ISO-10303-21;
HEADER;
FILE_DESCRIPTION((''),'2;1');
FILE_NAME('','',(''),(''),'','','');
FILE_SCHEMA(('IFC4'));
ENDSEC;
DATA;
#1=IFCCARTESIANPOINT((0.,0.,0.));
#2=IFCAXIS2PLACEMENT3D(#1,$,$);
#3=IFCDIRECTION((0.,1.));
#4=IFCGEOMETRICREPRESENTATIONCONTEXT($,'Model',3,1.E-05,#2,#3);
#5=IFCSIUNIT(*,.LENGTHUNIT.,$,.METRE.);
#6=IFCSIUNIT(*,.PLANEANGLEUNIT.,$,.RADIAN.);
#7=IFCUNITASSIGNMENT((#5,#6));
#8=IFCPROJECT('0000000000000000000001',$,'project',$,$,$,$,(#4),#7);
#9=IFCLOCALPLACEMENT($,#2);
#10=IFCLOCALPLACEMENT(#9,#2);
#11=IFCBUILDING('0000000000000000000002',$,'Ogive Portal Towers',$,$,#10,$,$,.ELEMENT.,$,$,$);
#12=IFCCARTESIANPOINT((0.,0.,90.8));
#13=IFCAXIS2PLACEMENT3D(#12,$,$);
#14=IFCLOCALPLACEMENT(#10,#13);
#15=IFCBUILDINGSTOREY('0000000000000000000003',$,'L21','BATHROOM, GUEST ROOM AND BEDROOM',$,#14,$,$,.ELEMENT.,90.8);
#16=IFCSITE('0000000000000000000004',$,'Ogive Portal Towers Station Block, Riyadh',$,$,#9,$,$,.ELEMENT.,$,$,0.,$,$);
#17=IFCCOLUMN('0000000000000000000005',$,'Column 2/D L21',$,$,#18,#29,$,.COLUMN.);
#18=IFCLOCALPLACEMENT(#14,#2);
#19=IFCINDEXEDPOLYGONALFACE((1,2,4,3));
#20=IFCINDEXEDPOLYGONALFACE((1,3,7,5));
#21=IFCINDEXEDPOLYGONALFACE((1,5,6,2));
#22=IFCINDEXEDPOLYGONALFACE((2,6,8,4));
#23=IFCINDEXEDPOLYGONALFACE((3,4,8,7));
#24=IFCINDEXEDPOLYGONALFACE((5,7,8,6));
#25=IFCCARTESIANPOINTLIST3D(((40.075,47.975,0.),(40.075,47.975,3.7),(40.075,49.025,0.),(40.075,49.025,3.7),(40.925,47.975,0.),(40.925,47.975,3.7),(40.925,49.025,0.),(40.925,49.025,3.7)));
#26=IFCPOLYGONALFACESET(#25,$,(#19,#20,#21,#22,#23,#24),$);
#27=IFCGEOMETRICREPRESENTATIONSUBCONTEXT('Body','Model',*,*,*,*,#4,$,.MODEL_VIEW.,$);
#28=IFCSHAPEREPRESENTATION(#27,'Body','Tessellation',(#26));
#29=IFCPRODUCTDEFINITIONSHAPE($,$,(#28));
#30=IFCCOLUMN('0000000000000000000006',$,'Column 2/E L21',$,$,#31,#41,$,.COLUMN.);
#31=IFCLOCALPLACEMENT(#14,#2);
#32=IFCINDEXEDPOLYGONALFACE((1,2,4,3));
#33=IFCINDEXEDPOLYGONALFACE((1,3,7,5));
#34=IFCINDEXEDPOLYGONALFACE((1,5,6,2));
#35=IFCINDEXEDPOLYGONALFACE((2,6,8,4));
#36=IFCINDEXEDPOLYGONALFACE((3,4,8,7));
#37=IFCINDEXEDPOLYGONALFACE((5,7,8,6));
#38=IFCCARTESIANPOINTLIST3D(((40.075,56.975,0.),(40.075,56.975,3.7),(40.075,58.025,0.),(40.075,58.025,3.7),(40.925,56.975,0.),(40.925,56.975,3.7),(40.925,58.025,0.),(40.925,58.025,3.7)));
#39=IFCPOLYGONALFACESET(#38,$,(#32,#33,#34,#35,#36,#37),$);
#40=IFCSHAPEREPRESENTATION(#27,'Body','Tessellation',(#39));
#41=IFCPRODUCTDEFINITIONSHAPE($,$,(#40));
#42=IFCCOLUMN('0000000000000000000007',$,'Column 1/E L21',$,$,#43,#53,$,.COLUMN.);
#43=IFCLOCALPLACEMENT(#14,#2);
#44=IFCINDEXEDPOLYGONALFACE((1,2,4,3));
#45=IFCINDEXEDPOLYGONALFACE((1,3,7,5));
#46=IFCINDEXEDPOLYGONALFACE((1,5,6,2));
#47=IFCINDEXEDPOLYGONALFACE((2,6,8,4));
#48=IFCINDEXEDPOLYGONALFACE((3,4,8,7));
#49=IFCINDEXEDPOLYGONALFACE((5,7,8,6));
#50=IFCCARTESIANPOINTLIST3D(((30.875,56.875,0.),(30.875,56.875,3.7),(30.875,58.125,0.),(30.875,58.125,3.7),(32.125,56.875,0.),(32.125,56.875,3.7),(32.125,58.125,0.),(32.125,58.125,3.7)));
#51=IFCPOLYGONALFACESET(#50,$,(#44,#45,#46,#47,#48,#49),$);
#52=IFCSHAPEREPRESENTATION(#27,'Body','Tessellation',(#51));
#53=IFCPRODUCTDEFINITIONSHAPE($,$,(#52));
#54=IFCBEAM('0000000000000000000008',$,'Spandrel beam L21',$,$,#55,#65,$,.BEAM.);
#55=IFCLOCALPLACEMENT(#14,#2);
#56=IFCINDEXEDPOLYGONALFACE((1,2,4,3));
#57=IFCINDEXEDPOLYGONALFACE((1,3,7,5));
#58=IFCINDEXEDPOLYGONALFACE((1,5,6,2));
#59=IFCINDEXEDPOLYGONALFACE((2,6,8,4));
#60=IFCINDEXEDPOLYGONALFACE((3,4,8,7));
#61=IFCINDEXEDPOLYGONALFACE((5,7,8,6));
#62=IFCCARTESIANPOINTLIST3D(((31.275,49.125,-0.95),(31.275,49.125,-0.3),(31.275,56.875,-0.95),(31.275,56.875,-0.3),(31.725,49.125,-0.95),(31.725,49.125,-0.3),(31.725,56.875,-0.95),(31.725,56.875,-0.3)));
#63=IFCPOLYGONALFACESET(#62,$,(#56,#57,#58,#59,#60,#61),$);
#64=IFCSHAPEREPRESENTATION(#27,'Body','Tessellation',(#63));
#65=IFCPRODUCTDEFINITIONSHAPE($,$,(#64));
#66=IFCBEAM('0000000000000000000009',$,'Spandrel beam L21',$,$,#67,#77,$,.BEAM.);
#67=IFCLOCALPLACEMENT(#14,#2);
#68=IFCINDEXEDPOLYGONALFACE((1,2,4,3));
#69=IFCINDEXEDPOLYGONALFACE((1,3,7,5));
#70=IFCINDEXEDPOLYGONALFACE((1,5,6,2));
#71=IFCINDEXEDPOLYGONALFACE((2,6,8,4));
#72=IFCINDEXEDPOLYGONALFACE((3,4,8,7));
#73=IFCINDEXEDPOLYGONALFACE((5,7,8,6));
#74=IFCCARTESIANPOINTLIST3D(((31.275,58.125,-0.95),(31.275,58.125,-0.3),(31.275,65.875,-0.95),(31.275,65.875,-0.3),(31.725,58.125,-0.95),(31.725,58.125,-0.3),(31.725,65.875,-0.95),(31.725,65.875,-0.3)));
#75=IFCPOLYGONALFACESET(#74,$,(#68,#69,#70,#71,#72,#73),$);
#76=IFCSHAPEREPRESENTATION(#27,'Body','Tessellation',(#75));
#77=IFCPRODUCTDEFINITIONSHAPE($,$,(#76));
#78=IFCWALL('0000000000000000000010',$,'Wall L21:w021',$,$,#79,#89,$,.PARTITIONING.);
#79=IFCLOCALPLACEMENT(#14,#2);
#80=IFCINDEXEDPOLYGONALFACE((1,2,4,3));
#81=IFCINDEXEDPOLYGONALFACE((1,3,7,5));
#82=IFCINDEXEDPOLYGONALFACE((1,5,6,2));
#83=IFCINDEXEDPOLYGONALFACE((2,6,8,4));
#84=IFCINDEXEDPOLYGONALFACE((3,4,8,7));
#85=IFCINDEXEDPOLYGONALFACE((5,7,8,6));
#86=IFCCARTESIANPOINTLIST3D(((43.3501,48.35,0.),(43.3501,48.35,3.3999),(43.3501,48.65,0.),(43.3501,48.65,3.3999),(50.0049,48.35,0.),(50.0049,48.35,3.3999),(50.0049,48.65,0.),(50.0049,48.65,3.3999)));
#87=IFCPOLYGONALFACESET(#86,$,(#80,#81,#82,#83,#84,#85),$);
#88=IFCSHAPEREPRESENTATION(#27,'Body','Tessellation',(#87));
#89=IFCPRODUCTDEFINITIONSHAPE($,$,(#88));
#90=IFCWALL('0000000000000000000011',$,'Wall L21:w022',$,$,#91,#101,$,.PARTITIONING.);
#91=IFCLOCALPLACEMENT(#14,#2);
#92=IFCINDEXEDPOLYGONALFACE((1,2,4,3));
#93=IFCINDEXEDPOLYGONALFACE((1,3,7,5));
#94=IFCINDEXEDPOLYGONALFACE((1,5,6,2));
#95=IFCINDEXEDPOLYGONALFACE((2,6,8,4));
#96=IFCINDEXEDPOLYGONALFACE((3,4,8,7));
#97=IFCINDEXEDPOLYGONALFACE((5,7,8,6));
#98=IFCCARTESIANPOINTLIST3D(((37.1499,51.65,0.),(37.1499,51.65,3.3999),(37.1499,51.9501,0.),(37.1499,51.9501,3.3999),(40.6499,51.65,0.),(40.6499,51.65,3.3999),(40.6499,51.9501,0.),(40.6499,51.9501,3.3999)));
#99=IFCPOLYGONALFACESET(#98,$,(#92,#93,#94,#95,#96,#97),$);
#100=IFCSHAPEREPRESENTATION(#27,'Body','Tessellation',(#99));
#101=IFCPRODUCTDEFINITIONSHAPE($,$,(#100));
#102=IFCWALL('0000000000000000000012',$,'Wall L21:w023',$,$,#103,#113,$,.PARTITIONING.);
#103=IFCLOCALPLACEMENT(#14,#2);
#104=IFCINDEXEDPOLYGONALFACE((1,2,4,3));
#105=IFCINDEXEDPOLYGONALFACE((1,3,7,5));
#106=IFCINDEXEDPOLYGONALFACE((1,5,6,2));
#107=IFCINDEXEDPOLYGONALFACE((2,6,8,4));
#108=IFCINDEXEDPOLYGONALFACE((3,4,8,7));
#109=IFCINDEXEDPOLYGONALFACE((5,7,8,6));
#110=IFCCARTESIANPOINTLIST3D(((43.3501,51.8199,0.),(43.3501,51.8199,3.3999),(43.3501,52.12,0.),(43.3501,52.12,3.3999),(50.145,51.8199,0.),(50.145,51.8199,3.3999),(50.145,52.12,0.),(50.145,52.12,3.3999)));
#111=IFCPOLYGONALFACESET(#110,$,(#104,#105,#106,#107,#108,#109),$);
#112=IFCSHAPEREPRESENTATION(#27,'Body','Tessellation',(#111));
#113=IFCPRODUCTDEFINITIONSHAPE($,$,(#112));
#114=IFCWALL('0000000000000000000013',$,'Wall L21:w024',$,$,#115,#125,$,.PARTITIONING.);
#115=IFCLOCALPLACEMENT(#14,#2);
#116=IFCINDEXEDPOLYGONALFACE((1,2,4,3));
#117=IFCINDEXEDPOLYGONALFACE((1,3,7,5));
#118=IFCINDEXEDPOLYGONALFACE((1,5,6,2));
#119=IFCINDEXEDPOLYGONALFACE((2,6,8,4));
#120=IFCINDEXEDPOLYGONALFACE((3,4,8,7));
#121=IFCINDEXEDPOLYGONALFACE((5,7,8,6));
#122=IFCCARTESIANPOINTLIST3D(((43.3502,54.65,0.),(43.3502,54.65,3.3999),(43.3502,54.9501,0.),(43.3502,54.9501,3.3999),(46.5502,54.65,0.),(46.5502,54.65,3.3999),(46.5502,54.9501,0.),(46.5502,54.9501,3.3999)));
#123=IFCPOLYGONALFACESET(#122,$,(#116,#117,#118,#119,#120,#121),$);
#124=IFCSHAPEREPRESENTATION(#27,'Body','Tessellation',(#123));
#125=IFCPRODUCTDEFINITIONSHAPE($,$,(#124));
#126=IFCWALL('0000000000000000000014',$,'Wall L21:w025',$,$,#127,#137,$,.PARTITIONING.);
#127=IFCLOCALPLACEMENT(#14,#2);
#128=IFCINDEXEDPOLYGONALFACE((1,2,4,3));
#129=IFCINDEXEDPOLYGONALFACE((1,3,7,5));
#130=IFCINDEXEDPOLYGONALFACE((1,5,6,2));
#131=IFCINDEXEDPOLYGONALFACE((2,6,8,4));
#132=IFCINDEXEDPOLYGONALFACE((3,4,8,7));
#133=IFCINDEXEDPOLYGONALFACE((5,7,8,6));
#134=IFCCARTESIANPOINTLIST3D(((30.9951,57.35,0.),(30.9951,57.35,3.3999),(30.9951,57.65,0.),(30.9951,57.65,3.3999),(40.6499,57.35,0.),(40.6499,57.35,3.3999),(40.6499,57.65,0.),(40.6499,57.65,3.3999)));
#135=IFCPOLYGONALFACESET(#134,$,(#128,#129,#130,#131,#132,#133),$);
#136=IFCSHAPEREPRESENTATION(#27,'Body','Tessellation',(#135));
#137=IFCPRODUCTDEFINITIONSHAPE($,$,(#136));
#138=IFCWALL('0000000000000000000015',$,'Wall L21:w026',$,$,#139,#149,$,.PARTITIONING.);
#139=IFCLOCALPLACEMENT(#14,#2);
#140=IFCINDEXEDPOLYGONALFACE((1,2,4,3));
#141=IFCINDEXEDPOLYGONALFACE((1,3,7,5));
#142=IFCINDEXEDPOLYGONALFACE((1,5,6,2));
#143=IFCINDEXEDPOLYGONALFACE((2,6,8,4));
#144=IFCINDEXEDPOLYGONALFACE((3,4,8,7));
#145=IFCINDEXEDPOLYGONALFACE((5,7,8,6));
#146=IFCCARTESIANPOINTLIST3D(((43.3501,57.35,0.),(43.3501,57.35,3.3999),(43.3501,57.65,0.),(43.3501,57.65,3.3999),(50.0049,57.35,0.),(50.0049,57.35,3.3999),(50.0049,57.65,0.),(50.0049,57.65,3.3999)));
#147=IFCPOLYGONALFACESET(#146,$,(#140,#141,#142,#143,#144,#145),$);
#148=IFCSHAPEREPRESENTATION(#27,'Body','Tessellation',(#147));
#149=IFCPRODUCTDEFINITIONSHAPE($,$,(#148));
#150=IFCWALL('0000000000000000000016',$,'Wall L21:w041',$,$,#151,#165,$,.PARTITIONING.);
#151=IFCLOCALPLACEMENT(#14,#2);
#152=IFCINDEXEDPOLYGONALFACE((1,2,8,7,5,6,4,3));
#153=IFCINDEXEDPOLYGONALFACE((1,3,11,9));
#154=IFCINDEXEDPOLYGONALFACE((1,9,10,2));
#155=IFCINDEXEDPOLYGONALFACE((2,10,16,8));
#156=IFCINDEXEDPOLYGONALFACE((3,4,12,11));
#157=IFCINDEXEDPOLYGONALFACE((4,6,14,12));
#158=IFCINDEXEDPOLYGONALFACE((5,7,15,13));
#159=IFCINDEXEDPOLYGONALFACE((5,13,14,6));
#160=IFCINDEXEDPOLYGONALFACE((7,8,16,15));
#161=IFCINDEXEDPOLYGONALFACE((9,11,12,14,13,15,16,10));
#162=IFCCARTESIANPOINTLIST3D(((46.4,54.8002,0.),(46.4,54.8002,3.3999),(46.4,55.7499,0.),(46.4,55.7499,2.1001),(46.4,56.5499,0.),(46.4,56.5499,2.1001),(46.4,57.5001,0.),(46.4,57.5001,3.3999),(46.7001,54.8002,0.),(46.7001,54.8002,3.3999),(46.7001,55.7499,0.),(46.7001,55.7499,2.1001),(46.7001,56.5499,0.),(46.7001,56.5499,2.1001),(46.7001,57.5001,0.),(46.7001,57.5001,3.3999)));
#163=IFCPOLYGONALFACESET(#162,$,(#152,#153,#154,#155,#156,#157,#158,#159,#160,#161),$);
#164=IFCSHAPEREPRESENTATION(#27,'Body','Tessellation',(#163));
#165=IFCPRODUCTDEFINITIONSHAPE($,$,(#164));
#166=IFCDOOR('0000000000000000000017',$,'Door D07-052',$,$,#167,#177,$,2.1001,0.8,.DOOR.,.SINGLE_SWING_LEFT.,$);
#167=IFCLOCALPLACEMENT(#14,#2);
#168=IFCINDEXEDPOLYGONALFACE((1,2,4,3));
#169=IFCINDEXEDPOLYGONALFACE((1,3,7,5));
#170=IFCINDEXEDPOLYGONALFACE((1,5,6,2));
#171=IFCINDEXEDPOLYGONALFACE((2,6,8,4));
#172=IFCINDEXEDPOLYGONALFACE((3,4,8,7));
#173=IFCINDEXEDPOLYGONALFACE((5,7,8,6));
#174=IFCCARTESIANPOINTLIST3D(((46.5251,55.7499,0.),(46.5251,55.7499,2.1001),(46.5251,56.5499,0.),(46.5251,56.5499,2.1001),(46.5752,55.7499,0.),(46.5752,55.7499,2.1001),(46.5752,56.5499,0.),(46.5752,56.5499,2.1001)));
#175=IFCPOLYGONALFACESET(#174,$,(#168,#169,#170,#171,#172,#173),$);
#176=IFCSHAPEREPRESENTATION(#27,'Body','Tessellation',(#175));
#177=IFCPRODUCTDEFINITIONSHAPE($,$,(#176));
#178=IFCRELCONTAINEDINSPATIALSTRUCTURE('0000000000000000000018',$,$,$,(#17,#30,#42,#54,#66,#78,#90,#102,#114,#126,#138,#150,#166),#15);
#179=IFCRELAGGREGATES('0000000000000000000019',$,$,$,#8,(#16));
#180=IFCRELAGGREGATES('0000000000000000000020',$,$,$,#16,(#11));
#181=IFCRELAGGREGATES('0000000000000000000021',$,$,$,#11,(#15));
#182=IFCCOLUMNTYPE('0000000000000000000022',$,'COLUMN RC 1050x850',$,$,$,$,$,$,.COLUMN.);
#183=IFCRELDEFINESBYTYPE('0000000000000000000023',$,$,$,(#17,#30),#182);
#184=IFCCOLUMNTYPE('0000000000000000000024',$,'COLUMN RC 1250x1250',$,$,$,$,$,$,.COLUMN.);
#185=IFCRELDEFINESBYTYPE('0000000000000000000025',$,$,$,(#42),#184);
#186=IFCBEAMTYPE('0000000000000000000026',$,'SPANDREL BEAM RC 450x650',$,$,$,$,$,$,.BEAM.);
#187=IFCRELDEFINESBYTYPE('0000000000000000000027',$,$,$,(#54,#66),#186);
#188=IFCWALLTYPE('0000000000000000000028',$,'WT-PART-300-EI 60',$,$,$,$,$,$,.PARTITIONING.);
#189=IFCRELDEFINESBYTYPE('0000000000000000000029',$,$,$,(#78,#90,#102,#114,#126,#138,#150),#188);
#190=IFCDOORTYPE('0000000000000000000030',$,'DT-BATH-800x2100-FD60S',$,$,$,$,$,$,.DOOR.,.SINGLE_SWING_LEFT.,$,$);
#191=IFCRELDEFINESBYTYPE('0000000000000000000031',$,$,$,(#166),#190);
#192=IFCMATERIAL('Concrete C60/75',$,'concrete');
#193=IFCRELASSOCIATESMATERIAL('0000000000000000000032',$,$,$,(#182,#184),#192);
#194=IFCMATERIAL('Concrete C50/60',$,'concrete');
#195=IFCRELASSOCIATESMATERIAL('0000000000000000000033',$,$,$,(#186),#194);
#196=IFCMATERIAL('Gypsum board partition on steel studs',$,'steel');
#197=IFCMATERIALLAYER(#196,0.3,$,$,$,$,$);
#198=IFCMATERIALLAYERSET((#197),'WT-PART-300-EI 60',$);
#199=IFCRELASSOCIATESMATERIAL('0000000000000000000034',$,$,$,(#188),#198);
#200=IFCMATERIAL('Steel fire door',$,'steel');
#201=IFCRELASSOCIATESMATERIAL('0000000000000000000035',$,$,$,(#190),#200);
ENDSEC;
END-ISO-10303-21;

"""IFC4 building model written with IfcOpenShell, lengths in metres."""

from ifc_helpers import new_model, si_unit, direction, frame, frame_2d, origin, origin_2d, place, context, subcontext, project, spatial, rectangle, extrude, material, layer, layer_set, material_profile, profile_set, type_object, element, fill, save


model = new_model("IFC4")

# Units and contexts
model_context = context("Model", 3, precision=1e-05, world=origin(), true_north=direction((0.0, 1.0)))
body_context = subcontext(model_context, "Body", "Model", "MODEL_VIEW")
ifc_project = project(units=[si_unit("LENGTHUNIT", "METRE"), si_unit("PLANEANGLEUNIT", "RADIAN")], contexts=[model_context])

# Site, building, storey
site_placement = place(None, origin())
site = spatial("IfcSite", under=ifc_project, at=site_placement, Name="Ogive Portal Towers Station Block, Riyadh", CompositionType="ELEMENT", RefElevation=0.0)
building_placement = place(site_placement, origin())
building = spatial("IfcBuilding", under=site, at=building_placement, Name="Ogive Portal Towers", CompositionType="ELEMENT")
storey_placement = place(building_placement, frame((0.0, 0.0, 90.8)))
storey = spatial("IfcBuildingStorey", under=building, at=storey_placement, Name="L21", Description="BATHROOM, GUEST ROOM AND BEDROOM", CompositionType="ELEMENT", Elevation=90.8)

# Columns
ifc_material_1 = material(Name="Concrete C60/75", Category="concrete")
ifc_material_profile_1 = material_profile(ifc_material_1, rectangle(XDim=1.05, YDim=0.8501, at=origin_2d()), Name="RC 1050x850")
ifc_profile_set_1 = profile_set([ifc_material_profile_1], Name="Concrete C60/75")
column_type_1 = type_object("IfcColumnType", Name="COLUMN RC 1050x850", PredefinedType="COLUMN", material=ifc_profile_set_1)
for number, where, z_axis, x_axis, name in (
    (1, (40.5, 48.5, 0.0), (0.0, 0.0, 1.0), (0.0, 1.0, 0.0), "Column 2/D L21"),
    (2, (40.5, 57.5, 0.0), (0.0, 0.0, 1.0), (0.0, 1.0, 0.0), "Column 2/E L21"),
):
    element("IfcColumn", number, at=place(storey_placement, frame(where, z_axis=z_axis, x_axis=x_axis)), inside=storey, type_object=column_type_1, Name=name, PredefinedType="COLUMN", context=body_context, shape_type="SweptSolid", body=[
        extrude(rectangle(XDim=1.05, YDim=0.8501, at=origin_2d()), origin(), (0.0, 0.0, 1.0), 3.7),
    ])
ifc_material_profile_2 = material_profile(ifc_material_1, rectangle(XDim=1.25, YDim=1.25, at=origin_2d()), Name="RC 1250x1250")
ifc_profile_set_2 = profile_set([ifc_material_profile_2], Name="Concrete C60/75")
column_type_2 = type_object("IfcColumnType", Name="COLUMN RC 1250x1250", PredefinedType="COLUMN", material=ifc_profile_set_2)
column_placement = place(storey_placement, frame((31.5, 57.5, 0.0), z_axis=(0.0, 0.0, 1.0), x_axis=(1.0, 0.0, 0.0)))
element("IfcColumn", 3, at=column_placement, inside=storey, type_object=column_type_2, Name="Column 1/E L21", PredefinedType="COLUMN", context=body_context, shape_type="SweptSolid", body=[
    extrude(rectangle(XDim=1.25, YDim=1.25, at=origin_2d()), origin(), (0.0, 0.0, 1.0), 3.7),
])

# Beams
ifc_material_2 = material(Name="Concrete C50/60", Category="concrete")
ifc_material_profile_3 = material_profile(ifc_material_2, rectangle(XDim=0.45, YDim=0.6499, at=origin_2d()), Name="RC 450x650")
ifc_profile_set_3 = profile_set([ifc_material_profile_3], Name="Concrete C50/60")
beam_type = type_object("IfcBeamType", Name="SPANDREL BEAM RC 450x650", PredefinedType="BEAM", material=ifc_profile_set_3)
for number, where, z_axis, x_axis, name in (
    (4, (31.5, 49.125, -0.625), (0.0, 1.0, 0.0), (-1.0, 0.0, 0.0), "Spandrel beam L21"),
    (5, (31.5, 58.125, -0.625), (0.0, 1.0, 0.0), (-1.0, 0.0, 0.0), "Spandrel beam L21"),
):
    element("IfcBeam", number, at=place(storey_placement, frame(where, z_axis=z_axis, x_axis=x_axis)), inside=storey, type_object=beam_type, Name=name, PredefinedType="BEAM", context=body_context, shape_type="SweptSolid", body=[
        extrude(rectangle(XDim=0.45, YDim=0.6499, at=origin_2d()), origin(), (0.0, 0.0, 1.0), 7.75),
    ])

# Walls
ifc_material_3 = material(Name="Gypsum board partition on steel studs", Category="steel")
ifc_layer_1 = layer(ifc_material_3, 0.3)
ifc_layer_set_1 = layer_set([ifc_layer_1], Name="WT-PART-300-EI 60")
wall_type = type_object("IfcWallType", Name="WT-PART-300-EI 60", PredefinedType="PARTITIONING", material=ifc_layer_set_1)
wall_1_placement = place(storey_placement, frame((43.3501, 48.5, 0.0), z_axis=(0.0, 0.0, 1.0), x_axis=(1.0, 0.0, 0.0)))
element("IfcWall", 6, at=wall_1_placement, inside=storey, type_object=wall_type, Name="Wall L21:w021", PredefinedType="PARTITIONING", context=body_context, shape_type="SweptSolid", body=[
    extrude(rectangle(XDim=6.6548, YDim=0.3, at=frame_2d((3.3274, 0.0))), origin(), (0.0, 0.0, 1.0), 3.3999),
])
wall_2_placement = place(storey_placement, frame((37.1499, 51.8, 0.0), z_axis=(0.0, 0.0, 1.0), x_axis=(1.0, 0.0, 0.0)))
element("IfcWall", 7, at=wall_2_placement, inside=storey, type_object=wall_type, Name="Wall L21:w022", PredefinedType="PARTITIONING", context=body_context, shape_type="SweptSolid", body=[
    extrude(rectangle(XDim=3.5, YDim=0.3, at=frame_2d((1.75, 0.0))), origin(), (0.0, 0.0, 1.0), 3.3999),
])
wall_3_placement = place(storey_placement, frame((43.3501, 51.97, 0.0), z_axis=(0.0, 0.0, 1.0), x_axis=(1.0, 0.0, 0.0)))
element("IfcWall", 8, at=wall_3_placement, inside=storey, type_object=wall_type, Name="Wall L21:w023", PredefinedType="PARTITIONING", context=body_context, shape_type="SweptSolid", body=[
    extrude(rectangle(XDim=6.7949, YDim=0.3, at=frame_2d((3.3975, 0.0))), origin(), (0.0, 0.0, 1.0), 3.3999),
])
wall_4_placement = place(storey_placement, frame((43.3501, 54.8, 0.0), z_axis=(0.0, 0.0, 1.0), x_axis=(1.0, 0.0, 0.0)))
element("IfcWall", 9, at=wall_4_placement, inside=storey, type_object=wall_type, Name="Wall L21:w024", PredefinedType="PARTITIONING", context=body_context, shape_type="SweptSolid", body=[
    extrude(rectangle(XDim=3.2, YDim=0.3, at=frame_2d((1.6001, 0.0))), origin(), (0.0, 0.0, 1.0), 3.3999),
])
wall_5_placement = place(storey_placement, frame((30.9951, 57.5, 0.0), z_axis=(0.0, 0.0, 1.0), x_axis=(1.0, 0.0, 0.0)))
element("IfcWall", 10, at=wall_5_placement, inside=storey, type_object=wall_type, Name="Wall L21:w025", PredefinedType="PARTITIONING", context=body_context, shape_type="SweptSolid", body=[
    extrude(rectangle(XDim=9.6548, YDim=0.3, at=frame_2d((4.8274, 0.0))), origin(), (0.0, 0.0, 1.0), 3.3999),
])
wall_6_placement = place(storey_placement, frame((43.3501, 57.5, 0.0), z_axis=(0.0, 0.0, 1.0), x_axis=(1.0, 0.0, 0.0)))
element("IfcWall", 11, at=wall_6_placement, inside=storey, type_object=wall_type, Name="Wall L21:w026", PredefinedType="PARTITIONING", context=body_context, shape_type="SweptSolid", body=[
    extrude(rectangle(XDim=6.6548, YDim=0.3, at=frame_2d((3.3274, 0.0))), origin(), (0.0, 0.0, 1.0), 3.3999),
])

# Wall, opening, door
wall_7_placement = place(storey_placement, frame((46.55, 54.8, 0.0), z_axis=(0.0, 0.0, 1.0), x_axis=(0.0, 1.0, 0.0)))
wall_7 = element("IfcWall", 12, at=wall_7_placement, inside=storey, type_object=wall_type, Name="Wall L21:w041", PredefinedType="PARTITIONING", context=body_context, shape_type="SweptSolid", body=[
    extrude(rectangle(XDim=2.7, YDim=0.3, at=frame_2d((1.3501, 0.0))), origin(), (0.0, 0.0, 1.0), 3.3999),
])
opening_1_placement = place(wall_7_placement, frame((0.95, 0.0, 0.0)))
opening_1 = element("IfcOpeningElement", 13, at=opening_1_placement, cuts=wall_7, PredefinedType="OPENING", context=body_context, shape_type="SweptSolid", body=[
    extrude(rectangle(XDim=0.8, YDim=2.1001, at=frame_2d((0.3999, 1.05))), frame((0.0, 0.1602, 0.0), z_axis=(0.0, -1.0, 0.0), x_axis=(1.0, 0.0, 0.0)), (0.0, 0.0, 1.0), 0.3201),
])
ifc_material_4 = material(Name="Steel fire door", Category="steel")
door_type = type_object("IfcDoorType", Name="DT-BATH-800x2100-FD60S", OperationType="SINGLE_SWING_LEFT", PredefinedType="DOOR", material=ifc_material_4)
door_1_placement = place(opening_1_placement, origin())
door_1 = element("IfcDoor", 14, at=door_1_placement, inside=storey, type_object=door_type, Name="Door D07-052", OperationType="SINGLE_SWING_LEFT", OverallHeight=2.1001, OverallWidth=0.8, PredefinedType="DOOR", context=body_context, shape_type="SweptSolid", body=[
    extrude(rectangle(XDim=0.8, YDim=2.1001, at=frame_2d((0.3999, 1.05))), frame((0.0, 0.0249, 0.0), z_axis=(0.0, -1.0, 0.0), x_axis=(1.0, 0.0, 0.0)), (0.0, 0.0, 1.0), 0.05),
])
fill(opening_1, door_1)

save(model, "model.ifc")
